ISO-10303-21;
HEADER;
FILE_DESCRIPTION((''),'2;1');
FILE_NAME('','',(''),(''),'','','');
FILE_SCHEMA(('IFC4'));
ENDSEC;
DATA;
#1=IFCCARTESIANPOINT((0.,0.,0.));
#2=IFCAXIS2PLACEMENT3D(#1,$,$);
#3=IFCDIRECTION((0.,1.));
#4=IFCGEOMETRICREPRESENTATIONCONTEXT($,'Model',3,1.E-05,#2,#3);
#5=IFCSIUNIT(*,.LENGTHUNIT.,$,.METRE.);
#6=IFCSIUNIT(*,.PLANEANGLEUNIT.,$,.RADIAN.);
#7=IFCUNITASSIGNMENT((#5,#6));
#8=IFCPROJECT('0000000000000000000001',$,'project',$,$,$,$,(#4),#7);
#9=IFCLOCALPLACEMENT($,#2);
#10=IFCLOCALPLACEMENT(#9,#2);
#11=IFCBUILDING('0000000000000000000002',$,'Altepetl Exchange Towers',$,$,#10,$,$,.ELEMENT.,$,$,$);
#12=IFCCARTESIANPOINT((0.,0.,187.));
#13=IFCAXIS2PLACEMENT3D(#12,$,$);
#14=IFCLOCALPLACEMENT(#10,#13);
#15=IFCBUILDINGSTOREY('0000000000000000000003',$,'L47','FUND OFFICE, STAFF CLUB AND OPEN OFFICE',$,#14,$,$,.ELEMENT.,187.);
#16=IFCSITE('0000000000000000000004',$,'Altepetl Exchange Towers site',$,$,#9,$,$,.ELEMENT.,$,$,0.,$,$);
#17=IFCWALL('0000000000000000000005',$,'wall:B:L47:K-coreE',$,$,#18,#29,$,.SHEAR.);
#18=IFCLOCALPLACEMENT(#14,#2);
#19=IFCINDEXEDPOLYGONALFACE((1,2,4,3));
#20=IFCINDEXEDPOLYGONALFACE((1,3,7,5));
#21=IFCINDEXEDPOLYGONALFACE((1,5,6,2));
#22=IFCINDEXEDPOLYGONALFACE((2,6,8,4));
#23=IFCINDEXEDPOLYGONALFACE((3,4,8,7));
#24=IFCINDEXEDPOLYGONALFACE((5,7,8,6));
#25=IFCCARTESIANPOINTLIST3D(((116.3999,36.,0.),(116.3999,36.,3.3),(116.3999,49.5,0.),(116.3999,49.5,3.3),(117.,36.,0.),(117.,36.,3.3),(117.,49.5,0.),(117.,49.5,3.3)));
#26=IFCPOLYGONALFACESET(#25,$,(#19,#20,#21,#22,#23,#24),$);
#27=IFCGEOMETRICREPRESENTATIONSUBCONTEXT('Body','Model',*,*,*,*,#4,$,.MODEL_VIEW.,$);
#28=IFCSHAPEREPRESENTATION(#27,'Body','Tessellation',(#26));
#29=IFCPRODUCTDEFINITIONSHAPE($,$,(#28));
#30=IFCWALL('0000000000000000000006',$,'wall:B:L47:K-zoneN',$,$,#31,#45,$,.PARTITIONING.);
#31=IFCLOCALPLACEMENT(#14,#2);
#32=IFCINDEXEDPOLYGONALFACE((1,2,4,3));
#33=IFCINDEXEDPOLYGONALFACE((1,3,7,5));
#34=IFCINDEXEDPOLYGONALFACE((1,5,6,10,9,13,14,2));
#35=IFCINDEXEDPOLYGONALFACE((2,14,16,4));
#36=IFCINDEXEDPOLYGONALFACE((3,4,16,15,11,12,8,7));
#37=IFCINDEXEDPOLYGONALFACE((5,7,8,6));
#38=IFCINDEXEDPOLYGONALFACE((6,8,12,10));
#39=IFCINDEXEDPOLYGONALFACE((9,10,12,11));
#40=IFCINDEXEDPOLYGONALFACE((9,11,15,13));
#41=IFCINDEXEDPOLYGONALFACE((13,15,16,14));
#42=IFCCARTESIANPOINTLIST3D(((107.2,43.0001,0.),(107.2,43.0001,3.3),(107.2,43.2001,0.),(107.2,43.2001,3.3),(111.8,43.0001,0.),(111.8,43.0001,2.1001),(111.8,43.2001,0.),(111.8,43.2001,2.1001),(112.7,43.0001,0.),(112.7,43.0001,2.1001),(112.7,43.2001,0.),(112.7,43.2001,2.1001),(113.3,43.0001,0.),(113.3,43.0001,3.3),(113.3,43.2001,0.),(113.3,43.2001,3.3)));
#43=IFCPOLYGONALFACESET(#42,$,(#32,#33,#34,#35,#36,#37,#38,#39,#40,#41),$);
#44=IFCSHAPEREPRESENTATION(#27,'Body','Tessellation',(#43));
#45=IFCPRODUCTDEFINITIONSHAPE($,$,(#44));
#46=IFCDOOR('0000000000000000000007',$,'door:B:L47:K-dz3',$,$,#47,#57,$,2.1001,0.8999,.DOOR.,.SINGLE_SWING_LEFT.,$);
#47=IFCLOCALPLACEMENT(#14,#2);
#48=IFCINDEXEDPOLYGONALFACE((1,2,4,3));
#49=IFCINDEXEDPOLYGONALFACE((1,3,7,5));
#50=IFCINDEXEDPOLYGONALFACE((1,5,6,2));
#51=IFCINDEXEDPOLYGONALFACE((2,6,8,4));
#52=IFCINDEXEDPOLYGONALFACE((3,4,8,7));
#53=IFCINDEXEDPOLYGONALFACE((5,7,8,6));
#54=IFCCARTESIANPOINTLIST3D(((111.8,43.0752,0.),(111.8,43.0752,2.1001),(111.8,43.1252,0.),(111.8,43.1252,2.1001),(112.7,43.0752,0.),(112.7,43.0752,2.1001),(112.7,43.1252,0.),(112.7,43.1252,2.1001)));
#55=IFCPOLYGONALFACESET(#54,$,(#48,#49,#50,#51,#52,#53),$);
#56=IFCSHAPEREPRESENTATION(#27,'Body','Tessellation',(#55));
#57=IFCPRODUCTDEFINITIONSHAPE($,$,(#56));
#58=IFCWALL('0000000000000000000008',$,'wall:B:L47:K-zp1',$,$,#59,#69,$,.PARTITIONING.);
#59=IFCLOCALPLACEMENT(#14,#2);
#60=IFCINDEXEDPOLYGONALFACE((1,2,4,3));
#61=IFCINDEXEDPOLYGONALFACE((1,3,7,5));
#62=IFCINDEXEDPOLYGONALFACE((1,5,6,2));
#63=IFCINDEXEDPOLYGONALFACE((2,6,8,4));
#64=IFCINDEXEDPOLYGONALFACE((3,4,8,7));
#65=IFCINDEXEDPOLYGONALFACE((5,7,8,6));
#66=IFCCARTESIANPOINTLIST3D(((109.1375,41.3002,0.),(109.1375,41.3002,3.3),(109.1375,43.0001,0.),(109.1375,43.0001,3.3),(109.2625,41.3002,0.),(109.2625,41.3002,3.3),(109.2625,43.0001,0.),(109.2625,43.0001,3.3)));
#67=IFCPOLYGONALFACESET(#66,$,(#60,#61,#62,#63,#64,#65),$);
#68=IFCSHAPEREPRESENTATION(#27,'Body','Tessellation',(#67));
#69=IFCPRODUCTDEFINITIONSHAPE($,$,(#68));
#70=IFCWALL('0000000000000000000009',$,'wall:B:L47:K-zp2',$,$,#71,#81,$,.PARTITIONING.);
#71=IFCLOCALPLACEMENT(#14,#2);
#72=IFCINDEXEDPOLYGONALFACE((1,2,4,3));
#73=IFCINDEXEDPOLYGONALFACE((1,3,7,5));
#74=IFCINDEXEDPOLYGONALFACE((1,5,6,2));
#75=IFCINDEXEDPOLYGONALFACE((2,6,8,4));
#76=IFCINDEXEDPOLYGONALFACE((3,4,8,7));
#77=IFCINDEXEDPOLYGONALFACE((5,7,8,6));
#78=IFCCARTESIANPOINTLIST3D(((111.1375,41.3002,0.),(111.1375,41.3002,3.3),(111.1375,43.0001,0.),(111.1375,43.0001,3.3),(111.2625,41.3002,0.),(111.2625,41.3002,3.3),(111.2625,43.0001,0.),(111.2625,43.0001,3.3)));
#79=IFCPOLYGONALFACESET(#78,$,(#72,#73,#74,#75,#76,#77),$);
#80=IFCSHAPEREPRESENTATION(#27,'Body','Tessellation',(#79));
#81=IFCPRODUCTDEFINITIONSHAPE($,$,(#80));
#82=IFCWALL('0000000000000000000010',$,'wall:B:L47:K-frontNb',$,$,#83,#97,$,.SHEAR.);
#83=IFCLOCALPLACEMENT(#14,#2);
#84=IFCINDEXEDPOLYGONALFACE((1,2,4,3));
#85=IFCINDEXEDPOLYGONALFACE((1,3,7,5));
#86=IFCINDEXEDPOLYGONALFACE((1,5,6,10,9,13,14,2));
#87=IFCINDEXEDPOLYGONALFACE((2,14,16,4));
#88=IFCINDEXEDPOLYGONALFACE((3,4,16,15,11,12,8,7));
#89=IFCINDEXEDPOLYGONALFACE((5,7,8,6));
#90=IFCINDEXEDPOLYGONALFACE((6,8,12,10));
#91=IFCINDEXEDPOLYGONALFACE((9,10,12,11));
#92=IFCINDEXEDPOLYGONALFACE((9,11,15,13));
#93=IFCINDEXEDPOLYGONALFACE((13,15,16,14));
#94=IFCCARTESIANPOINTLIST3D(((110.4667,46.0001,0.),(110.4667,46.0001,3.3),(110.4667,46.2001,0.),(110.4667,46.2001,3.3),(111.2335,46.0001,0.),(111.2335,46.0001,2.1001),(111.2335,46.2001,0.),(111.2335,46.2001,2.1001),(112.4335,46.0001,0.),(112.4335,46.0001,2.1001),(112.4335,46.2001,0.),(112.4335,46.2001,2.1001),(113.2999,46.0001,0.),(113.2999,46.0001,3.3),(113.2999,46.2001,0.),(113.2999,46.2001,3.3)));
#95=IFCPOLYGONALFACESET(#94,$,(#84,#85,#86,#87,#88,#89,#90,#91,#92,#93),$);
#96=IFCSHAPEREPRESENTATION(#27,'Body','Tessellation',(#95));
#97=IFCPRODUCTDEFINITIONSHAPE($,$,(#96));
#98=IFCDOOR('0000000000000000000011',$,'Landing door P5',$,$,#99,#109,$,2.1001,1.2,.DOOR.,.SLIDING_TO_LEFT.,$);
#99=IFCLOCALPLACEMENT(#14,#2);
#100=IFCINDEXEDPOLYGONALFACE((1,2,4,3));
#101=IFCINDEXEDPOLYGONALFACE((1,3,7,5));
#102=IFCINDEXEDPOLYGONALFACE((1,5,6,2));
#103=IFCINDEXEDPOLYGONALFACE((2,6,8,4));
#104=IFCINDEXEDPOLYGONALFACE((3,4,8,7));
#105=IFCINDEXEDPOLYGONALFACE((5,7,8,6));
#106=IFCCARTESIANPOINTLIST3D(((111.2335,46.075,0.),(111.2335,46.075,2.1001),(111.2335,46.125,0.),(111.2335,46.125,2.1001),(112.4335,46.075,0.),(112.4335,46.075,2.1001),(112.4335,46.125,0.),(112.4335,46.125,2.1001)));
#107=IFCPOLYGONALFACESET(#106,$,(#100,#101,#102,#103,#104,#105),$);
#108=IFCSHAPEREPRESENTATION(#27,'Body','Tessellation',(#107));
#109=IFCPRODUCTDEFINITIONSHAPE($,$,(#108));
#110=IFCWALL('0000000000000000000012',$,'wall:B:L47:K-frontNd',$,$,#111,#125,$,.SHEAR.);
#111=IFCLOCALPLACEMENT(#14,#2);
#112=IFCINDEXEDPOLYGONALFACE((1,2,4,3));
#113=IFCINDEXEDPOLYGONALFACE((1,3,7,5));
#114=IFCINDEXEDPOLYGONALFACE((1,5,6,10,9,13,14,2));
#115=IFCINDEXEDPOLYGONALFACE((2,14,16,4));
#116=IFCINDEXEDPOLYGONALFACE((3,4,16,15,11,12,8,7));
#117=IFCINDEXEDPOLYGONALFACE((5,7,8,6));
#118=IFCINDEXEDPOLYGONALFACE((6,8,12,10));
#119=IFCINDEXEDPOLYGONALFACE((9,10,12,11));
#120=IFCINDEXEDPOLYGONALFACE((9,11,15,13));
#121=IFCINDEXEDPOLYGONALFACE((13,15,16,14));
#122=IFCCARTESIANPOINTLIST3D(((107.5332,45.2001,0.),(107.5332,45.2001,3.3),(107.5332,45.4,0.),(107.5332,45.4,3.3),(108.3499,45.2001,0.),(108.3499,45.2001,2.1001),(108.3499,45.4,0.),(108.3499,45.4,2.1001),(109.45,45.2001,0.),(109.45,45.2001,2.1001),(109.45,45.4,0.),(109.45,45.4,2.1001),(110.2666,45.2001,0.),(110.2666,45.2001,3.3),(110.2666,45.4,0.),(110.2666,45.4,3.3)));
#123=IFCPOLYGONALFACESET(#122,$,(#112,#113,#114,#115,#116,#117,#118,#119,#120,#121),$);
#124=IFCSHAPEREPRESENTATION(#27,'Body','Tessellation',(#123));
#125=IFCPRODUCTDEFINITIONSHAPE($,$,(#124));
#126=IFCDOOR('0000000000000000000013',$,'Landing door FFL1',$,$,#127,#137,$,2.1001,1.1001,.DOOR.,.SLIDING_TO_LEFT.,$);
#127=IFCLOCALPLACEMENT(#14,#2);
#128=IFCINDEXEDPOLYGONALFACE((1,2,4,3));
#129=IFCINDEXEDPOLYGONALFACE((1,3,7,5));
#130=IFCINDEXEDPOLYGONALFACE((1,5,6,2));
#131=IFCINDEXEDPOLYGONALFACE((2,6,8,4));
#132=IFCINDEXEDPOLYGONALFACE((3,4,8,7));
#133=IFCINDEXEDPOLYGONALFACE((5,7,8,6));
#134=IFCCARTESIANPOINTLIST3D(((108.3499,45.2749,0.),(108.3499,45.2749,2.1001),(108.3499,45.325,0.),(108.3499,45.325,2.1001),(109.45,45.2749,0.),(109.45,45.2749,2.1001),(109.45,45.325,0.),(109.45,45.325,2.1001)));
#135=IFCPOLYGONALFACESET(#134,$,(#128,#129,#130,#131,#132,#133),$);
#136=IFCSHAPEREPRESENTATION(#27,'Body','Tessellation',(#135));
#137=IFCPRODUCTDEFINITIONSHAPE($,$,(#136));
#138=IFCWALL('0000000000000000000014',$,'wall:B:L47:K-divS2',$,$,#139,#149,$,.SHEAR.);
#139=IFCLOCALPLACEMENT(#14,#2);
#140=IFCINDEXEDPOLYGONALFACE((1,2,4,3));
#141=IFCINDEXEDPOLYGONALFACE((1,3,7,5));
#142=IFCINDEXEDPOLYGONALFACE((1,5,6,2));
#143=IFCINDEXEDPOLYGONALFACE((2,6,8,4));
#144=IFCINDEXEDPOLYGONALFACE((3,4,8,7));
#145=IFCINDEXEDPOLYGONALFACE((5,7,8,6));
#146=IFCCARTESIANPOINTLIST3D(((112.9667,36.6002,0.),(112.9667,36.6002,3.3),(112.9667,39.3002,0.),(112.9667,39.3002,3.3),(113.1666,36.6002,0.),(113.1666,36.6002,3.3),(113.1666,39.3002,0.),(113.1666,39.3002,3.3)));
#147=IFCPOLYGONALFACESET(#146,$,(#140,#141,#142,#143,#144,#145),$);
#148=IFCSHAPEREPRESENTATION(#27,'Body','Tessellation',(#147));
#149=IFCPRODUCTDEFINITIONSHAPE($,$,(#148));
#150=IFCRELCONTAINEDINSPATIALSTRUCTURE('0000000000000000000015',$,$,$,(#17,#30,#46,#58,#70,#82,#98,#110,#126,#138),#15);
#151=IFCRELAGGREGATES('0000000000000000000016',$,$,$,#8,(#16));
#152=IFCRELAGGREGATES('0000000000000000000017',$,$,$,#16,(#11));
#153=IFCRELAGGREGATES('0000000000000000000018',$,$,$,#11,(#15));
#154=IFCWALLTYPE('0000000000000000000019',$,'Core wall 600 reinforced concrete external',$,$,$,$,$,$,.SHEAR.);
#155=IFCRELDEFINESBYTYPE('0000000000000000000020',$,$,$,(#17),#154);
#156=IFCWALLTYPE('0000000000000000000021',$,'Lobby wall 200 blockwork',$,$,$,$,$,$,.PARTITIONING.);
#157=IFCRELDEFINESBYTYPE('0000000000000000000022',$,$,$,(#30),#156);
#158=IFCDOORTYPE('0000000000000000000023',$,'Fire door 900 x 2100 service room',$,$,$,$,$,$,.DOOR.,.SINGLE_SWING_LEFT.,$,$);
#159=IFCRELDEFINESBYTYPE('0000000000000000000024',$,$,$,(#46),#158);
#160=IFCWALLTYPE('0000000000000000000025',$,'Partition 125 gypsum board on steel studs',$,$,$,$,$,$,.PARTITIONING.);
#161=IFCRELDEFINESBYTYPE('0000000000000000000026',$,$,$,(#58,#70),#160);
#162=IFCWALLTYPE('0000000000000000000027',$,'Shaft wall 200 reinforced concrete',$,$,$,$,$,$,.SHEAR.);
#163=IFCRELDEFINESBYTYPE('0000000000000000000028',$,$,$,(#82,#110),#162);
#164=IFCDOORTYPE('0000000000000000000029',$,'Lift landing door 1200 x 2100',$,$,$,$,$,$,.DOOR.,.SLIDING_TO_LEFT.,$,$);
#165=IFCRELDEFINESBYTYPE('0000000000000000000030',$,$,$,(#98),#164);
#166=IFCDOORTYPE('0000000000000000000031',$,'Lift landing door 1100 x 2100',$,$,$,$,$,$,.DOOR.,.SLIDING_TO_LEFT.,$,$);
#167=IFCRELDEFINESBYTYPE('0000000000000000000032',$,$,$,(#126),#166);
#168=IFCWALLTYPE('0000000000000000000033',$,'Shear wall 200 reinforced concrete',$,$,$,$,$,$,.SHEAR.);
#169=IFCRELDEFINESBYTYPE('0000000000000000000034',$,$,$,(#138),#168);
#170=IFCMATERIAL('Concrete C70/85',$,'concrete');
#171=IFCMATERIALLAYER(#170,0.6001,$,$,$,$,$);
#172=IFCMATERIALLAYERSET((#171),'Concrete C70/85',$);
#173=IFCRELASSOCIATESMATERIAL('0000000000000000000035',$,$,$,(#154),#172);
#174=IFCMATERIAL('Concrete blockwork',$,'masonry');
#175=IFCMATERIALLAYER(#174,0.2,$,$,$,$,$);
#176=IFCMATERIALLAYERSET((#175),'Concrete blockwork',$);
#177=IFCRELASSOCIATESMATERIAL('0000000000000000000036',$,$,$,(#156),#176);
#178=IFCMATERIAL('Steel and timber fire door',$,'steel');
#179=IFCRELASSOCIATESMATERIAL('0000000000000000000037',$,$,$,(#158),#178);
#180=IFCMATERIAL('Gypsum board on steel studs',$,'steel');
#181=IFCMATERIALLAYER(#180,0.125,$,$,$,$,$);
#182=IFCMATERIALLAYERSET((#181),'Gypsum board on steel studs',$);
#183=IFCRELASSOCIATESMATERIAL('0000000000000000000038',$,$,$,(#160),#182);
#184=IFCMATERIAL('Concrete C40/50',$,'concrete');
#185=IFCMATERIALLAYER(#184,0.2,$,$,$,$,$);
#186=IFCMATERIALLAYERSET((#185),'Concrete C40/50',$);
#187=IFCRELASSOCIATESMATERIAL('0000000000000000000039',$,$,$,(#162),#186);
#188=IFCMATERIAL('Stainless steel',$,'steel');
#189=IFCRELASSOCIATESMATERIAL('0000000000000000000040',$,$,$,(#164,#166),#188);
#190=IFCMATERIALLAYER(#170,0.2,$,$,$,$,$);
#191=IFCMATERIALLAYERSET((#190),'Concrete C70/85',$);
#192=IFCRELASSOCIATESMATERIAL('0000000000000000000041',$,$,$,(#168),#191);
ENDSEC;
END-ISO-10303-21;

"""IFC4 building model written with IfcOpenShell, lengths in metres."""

from ifc_helpers import new_model, si_unit, direction, frame, frame_2d, origin, place, context, subcontext, project, spatial, rectangle, extrude, material, layer, layer_set, type_object, element, fill, save


model = new_model("IFC4")

# Units and contexts
model_context = context("Model", 3, precision=1e-05, world=origin(), true_north=direction((0.0, 1.0)))
body_context = subcontext(model_context, "Body", "Model", "MODEL_VIEW")
ifc_project = project(units=[si_unit("LENGTHUNIT", "METRE"), si_unit("PLANEANGLEUNIT", "RADIAN")], contexts=[model_context])

# Site, building, storey
site_placement = place(None, origin())
site = spatial("IfcSite", under=ifc_project, at=site_placement, Name="Altepetl Exchange Towers site", CompositionType="ELEMENT", RefElevation=0.0)
building_placement = place(site_placement, origin())
building = spatial("IfcBuilding", under=site, at=building_placement, Name="Altepetl Exchange Towers", CompositionType="ELEMENT")
storey_placement = place(building_placement, frame((0.0, 0.0, 187.0)))
storey = spatial("IfcBuildingStorey", under=building, at=storey_placement, Name="L47", Description="FUND OFFICE, STAFF CLUB AND OPEN OFFICE", CompositionType="ELEMENT", Elevation=187.0)

# Wall
ifc_material_1 = material(Name="Concrete C70/85", Category="concrete")
ifc_layer_1 = layer(ifc_material_1, 0.6001)
ifc_layer_set_1 = layer_set([ifc_layer_1], Name="Concrete C70/85")
wall_type_1 = type_object("IfcWallType", Name="Core wall 600 reinforced concrete external", PredefinedType="SHEAR", material=ifc_layer_set_1)
wall_1_placement = place(storey_placement, frame((116.7, 36.0, 0.0), z_axis=(0.0, 0.0, 1.0), x_axis=(0.0, 1.0, 0.0)))
element("IfcWall", 1, at=wall_1_placement, inside=storey, type_object=wall_type_1, Name="wall:B:L47:K-coreE", PredefinedType="SHEAR", context=body_context, shape_type="SweptSolid", body=[
    extrude(rectangle(XDim=13.5, YDim=0.6001, at=frame_2d((6.75, 0.0))), origin(), (0.0, 0.0, 1.0), 3.3),
])

# Wall, opening, door
ifc_material_2 = material(Name="Concrete blockwork", Category="masonry")
ifc_layer_2 = layer(ifc_material_2, 0.2)
ifc_layer_set_2 = layer_set([ifc_layer_2], Name="Concrete blockwork")
wall_type_2 = type_object("IfcWallType", Name="Lobby wall 200 blockwork", PredefinedType="PARTITIONING", material=ifc_layer_set_2)
wall_2_placement = place(storey_placement, frame((107.2, 43.1001, 0.0)))
wall_2 = element("IfcWall", 2, at=wall_2_placement, inside=storey, type_object=wall_type_2, Name="wall:B:L47:K-zoneN", PredefinedType="PARTITIONING", context=body_context, shape_type="SweptSolid", body=[
    extrude(rectangle(XDim=6.1001, YDim=0.2, at=frame_2d((3.05, 0.0))), origin(), (0.0, 0.0, 1.0), 3.3),
])
opening_1_placement = place(wall_2_placement, frame((4.6001, 0.0, 0.0)))
opening_1 = element("IfcOpeningElement", 3, at=opening_1_placement, cuts=wall_2, PredefinedType="OPENING", context=body_context, shape_type="SweptSolid", body=[
    extrude(rectangle(XDim=0.8999, YDim=2.1001, at=frame_2d((0.45, 1.05))), frame((0.0, 0.1099, 0.0), z_axis=(0.0, -1.0, 0.0), x_axis=(1.0, 0.0, 0.0)), (0.0, 0.0, 1.0), 0.22),
])
ifc_material_3 = material(Name="Steel and timber fire door", Category="steel")
door_type_1 = type_object("IfcDoorType", Name="Fire door 900 x 2100 service room", OperationType="SINGLE_SWING_LEFT", PredefinedType="DOOR", material=ifc_material_3)
door_1_placement = place(opening_1_placement, frame((0.8999, 0.0, 0.0), x_axis=(-1.0, 0.0, 0.0)))
door_1 = element("IfcDoor", 4, at=door_1_placement, inside=storey, type_object=door_type_1, Name="door:B:L47:K-dz3", OperationType="SINGLE_SWING_LEFT", OverallHeight=2.1001, OverallWidth=0.8999, PredefinedType="DOOR", context=body_context, shape_type="SweptSolid", body=[
    extrude(rectangle(XDim=0.8999, YDim=2.1001, at=frame_2d((0.45, 1.05))), frame((0.0, 0.0249, 0.0), z_axis=(0.0, -1.0, 0.0), x_axis=(1.0, 0.0, 0.0)), (0.0, 0.0, 1.0), 0.05),
])
fill(opening_1, door_1)

# Walls
ifc_material_4 = material(Name="Gypsum board on steel studs", Category="steel")
ifc_layer_3 = layer(ifc_material_4, 0.125)
ifc_layer_set_3 = layer_set([ifc_layer_3], Name="Gypsum board on steel studs")
wall_type_3 = type_object("IfcWallType", Name="Partition 125 gypsum board on steel studs", PredefinedType="PARTITIONING", material=ifc_layer_set_3)
for number, where, z_axis, x_axis, name in (
    (5, (109.2, 41.3, 0.0), (0.0, 0.0, 1.0), (0.0, 1.0, 0.0), "wall:B:L47:K-zp1"),
    (6, (111.2, 41.3, 0.0), (0.0, 0.0, 1.0), (0.0, 1.0, 0.0), "wall:B:L47:K-zp2"),
):
    element("IfcWall", number, at=place(storey_placement, frame(where, z_axis=z_axis, x_axis=x_axis)), inside=storey, type_object=wall_type_3, Name=name, PredefinedType="PARTITIONING", context=body_context, shape_type="SweptSolid", body=[
        extrude(rectangle(XDim=1.7, YDim=0.125, at=frame_2d((0.8501, 0.0))), origin(), (0.0, 0.0, 1.0), 3.3),
    ])

# Walls, openings, doors
ifc_material_5 = material(Name="Concrete C40/50", Category="concrete")
ifc_layer_4 = layer(ifc_material_5, 0.2)
ifc_layer_set_4 = layer_set([ifc_layer_4], Name="Concrete C40/50")
wall_type_4 = type_object("IfcWallType", Name="Shaft wall 200 reinforced concrete", PredefinedType="SHEAR", material=ifc_layer_set_4)
wall_3_placement = place(storey_placement, frame((110.4668, 46.1001, 0.0)))
wall_3 = element("IfcWall", 7, at=wall_3_placement, inside=storey, type_object=wall_type_4, Name="wall:B:L47:K-frontNb", PredefinedType="SHEAR", context=body_context, shape_type="SweptSolid", body=[
    extrude(rectangle(XDim=2.8333, YDim=0.2, at=frame_2d((1.4165, 0.0))), origin(), (0.0, 0.0, 1.0), 3.3),
])
opening_2_placement = place(wall_3_placement, frame((0.7666, 0.0, 0.0)))
opening_2 = element("IfcOpeningElement", 8, at=opening_2_placement, cuts=wall_3, PredefinedType="OPENING", context=body_context, shape_type="SweptSolid", body=[
    extrude(rectangle(XDim=1.2, YDim=2.1001, at=frame_2d((0.6001, 1.05))), frame((0.0, 0.1099, 0.0), z_axis=(0.0, -1.0, 0.0), x_axis=(1.0, 0.0, 0.0)), (0.0, 0.0, 1.0), 0.22),
])
ifc_material_6 = material(Name="Stainless steel", Category="steel")
door_type_2 = type_object("IfcDoorType", Name="Lift landing door 1200 x 2100", OperationType="SLIDING_TO_LEFT", PredefinedType="DOOR", material=ifc_material_6)
door_2_placement = place(opening_2_placement, origin())
door_2 = element("IfcDoor", 9, at=door_2_placement, inside=storey, type_object=door_type_2, Name="Landing door P5", OperationType="SLIDING_TO_LEFT", OverallHeight=2.1001, OverallWidth=1.2, PredefinedType="DOOR", context=body_context, shape_type="SweptSolid", body=[
    extrude(rectangle(XDim=1.2, YDim=2.1001, at=frame_2d((0.6001, 1.05))), frame((0.0, 0.0249, 0.0), z_axis=(0.0, -1.0, 0.0), x_axis=(1.0, 0.0, 0.0)), (0.0, 0.0, 1.0), 0.05),
])
fill(opening_2, door_2)
wall_4_placement = place(storey_placement, frame((107.5332, 45.3, 0.0)))
wall_4 = element("IfcWall", 10, at=wall_4_placement, inside=storey, type_object=wall_type_4, Name="wall:B:L47:K-frontNd", PredefinedType="SHEAR", context=body_context, shape_type="SweptSolid", body=[
    extrude(rectangle(XDim=2.7334, YDim=0.2, at=frame_2d((1.3667, 0.0))), origin(), (0.0, 0.0, 1.0), 3.3),
])
opening_3_placement = place(wall_4_placement, frame((0.8167, 0.0, 0.0)))
opening_3 = element("IfcOpeningElement", 11, at=opening_3_placement, cuts=wall_4, PredefinedType="OPENING", context=body_context, shape_type="SweptSolid", body=[
    extrude(rectangle(XDim=1.1001, YDim=2.1001, at=frame_2d((0.55, 1.05))), frame((0.0, 0.1099, 0.0), z_axis=(0.0, -1.0, 0.0), x_axis=(1.0, 0.0, 0.0)), (0.0, 0.0, 1.0), 0.22),
])
door_type_3 = type_object("IfcDoorType", Name="Lift landing door 1100 x 2100", OperationType="SLIDING_TO_LEFT", PredefinedType="DOOR", material=ifc_material_6)
door_3_placement = place(opening_3_placement, origin())
door_3 = element("IfcDoor", 12, at=door_3_placement, inside=storey, type_object=door_type_3, Name="Landing door FFL1", OperationType="SLIDING_TO_LEFT", OverallHeight=2.1001, OverallWidth=1.1001, PredefinedType="DOOR", context=body_context, shape_type="SweptSolid", body=[
    extrude(rectangle(XDim=1.1001, YDim=2.1001, at=frame_2d((0.55, 1.05))), frame((0.0, 0.0249, 0.0), z_axis=(0.0, -1.0, 0.0), x_axis=(1.0, 0.0, 0.0)), (0.0, 0.0, 1.0), 0.05),
])
fill(opening_3, door_3)

# Wall
ifc_layer_5 = layer(ifc_material_1, 0.2)
ifc_layer_set_5 = layer_set([ifc_layer_5], Name="Concrete C70/85")
wall_type_5 = type_object("IfcWallType", Name="Shear wall 200 reinforced concrete", PredefinedType="SHEAR", material=ifc_layer_set_5)
wall_5_placement = place(storey_placement, frame((113.0667, 36.6001, 0.0), z_axis=(0.0, 0.0, 1.0), x_axis=(0.0, 1.0, 0.0)))
element("IfcWall", 13, at=wall_5_placement, inside=storey, type_object=wall_type_5, Name="wall:B:L47:K-divS2", PredefinedType="SHEAR", context=body_context, shape_type="SweptSolid", body=[
    extrude(rectangle(XDim=2.7, YDim=0.2, at=frame_2d((1.3501, 0.0))), origin(), (0.0, 0.0, 1.0), 3.3),
])

save(model, "model.ifc")
